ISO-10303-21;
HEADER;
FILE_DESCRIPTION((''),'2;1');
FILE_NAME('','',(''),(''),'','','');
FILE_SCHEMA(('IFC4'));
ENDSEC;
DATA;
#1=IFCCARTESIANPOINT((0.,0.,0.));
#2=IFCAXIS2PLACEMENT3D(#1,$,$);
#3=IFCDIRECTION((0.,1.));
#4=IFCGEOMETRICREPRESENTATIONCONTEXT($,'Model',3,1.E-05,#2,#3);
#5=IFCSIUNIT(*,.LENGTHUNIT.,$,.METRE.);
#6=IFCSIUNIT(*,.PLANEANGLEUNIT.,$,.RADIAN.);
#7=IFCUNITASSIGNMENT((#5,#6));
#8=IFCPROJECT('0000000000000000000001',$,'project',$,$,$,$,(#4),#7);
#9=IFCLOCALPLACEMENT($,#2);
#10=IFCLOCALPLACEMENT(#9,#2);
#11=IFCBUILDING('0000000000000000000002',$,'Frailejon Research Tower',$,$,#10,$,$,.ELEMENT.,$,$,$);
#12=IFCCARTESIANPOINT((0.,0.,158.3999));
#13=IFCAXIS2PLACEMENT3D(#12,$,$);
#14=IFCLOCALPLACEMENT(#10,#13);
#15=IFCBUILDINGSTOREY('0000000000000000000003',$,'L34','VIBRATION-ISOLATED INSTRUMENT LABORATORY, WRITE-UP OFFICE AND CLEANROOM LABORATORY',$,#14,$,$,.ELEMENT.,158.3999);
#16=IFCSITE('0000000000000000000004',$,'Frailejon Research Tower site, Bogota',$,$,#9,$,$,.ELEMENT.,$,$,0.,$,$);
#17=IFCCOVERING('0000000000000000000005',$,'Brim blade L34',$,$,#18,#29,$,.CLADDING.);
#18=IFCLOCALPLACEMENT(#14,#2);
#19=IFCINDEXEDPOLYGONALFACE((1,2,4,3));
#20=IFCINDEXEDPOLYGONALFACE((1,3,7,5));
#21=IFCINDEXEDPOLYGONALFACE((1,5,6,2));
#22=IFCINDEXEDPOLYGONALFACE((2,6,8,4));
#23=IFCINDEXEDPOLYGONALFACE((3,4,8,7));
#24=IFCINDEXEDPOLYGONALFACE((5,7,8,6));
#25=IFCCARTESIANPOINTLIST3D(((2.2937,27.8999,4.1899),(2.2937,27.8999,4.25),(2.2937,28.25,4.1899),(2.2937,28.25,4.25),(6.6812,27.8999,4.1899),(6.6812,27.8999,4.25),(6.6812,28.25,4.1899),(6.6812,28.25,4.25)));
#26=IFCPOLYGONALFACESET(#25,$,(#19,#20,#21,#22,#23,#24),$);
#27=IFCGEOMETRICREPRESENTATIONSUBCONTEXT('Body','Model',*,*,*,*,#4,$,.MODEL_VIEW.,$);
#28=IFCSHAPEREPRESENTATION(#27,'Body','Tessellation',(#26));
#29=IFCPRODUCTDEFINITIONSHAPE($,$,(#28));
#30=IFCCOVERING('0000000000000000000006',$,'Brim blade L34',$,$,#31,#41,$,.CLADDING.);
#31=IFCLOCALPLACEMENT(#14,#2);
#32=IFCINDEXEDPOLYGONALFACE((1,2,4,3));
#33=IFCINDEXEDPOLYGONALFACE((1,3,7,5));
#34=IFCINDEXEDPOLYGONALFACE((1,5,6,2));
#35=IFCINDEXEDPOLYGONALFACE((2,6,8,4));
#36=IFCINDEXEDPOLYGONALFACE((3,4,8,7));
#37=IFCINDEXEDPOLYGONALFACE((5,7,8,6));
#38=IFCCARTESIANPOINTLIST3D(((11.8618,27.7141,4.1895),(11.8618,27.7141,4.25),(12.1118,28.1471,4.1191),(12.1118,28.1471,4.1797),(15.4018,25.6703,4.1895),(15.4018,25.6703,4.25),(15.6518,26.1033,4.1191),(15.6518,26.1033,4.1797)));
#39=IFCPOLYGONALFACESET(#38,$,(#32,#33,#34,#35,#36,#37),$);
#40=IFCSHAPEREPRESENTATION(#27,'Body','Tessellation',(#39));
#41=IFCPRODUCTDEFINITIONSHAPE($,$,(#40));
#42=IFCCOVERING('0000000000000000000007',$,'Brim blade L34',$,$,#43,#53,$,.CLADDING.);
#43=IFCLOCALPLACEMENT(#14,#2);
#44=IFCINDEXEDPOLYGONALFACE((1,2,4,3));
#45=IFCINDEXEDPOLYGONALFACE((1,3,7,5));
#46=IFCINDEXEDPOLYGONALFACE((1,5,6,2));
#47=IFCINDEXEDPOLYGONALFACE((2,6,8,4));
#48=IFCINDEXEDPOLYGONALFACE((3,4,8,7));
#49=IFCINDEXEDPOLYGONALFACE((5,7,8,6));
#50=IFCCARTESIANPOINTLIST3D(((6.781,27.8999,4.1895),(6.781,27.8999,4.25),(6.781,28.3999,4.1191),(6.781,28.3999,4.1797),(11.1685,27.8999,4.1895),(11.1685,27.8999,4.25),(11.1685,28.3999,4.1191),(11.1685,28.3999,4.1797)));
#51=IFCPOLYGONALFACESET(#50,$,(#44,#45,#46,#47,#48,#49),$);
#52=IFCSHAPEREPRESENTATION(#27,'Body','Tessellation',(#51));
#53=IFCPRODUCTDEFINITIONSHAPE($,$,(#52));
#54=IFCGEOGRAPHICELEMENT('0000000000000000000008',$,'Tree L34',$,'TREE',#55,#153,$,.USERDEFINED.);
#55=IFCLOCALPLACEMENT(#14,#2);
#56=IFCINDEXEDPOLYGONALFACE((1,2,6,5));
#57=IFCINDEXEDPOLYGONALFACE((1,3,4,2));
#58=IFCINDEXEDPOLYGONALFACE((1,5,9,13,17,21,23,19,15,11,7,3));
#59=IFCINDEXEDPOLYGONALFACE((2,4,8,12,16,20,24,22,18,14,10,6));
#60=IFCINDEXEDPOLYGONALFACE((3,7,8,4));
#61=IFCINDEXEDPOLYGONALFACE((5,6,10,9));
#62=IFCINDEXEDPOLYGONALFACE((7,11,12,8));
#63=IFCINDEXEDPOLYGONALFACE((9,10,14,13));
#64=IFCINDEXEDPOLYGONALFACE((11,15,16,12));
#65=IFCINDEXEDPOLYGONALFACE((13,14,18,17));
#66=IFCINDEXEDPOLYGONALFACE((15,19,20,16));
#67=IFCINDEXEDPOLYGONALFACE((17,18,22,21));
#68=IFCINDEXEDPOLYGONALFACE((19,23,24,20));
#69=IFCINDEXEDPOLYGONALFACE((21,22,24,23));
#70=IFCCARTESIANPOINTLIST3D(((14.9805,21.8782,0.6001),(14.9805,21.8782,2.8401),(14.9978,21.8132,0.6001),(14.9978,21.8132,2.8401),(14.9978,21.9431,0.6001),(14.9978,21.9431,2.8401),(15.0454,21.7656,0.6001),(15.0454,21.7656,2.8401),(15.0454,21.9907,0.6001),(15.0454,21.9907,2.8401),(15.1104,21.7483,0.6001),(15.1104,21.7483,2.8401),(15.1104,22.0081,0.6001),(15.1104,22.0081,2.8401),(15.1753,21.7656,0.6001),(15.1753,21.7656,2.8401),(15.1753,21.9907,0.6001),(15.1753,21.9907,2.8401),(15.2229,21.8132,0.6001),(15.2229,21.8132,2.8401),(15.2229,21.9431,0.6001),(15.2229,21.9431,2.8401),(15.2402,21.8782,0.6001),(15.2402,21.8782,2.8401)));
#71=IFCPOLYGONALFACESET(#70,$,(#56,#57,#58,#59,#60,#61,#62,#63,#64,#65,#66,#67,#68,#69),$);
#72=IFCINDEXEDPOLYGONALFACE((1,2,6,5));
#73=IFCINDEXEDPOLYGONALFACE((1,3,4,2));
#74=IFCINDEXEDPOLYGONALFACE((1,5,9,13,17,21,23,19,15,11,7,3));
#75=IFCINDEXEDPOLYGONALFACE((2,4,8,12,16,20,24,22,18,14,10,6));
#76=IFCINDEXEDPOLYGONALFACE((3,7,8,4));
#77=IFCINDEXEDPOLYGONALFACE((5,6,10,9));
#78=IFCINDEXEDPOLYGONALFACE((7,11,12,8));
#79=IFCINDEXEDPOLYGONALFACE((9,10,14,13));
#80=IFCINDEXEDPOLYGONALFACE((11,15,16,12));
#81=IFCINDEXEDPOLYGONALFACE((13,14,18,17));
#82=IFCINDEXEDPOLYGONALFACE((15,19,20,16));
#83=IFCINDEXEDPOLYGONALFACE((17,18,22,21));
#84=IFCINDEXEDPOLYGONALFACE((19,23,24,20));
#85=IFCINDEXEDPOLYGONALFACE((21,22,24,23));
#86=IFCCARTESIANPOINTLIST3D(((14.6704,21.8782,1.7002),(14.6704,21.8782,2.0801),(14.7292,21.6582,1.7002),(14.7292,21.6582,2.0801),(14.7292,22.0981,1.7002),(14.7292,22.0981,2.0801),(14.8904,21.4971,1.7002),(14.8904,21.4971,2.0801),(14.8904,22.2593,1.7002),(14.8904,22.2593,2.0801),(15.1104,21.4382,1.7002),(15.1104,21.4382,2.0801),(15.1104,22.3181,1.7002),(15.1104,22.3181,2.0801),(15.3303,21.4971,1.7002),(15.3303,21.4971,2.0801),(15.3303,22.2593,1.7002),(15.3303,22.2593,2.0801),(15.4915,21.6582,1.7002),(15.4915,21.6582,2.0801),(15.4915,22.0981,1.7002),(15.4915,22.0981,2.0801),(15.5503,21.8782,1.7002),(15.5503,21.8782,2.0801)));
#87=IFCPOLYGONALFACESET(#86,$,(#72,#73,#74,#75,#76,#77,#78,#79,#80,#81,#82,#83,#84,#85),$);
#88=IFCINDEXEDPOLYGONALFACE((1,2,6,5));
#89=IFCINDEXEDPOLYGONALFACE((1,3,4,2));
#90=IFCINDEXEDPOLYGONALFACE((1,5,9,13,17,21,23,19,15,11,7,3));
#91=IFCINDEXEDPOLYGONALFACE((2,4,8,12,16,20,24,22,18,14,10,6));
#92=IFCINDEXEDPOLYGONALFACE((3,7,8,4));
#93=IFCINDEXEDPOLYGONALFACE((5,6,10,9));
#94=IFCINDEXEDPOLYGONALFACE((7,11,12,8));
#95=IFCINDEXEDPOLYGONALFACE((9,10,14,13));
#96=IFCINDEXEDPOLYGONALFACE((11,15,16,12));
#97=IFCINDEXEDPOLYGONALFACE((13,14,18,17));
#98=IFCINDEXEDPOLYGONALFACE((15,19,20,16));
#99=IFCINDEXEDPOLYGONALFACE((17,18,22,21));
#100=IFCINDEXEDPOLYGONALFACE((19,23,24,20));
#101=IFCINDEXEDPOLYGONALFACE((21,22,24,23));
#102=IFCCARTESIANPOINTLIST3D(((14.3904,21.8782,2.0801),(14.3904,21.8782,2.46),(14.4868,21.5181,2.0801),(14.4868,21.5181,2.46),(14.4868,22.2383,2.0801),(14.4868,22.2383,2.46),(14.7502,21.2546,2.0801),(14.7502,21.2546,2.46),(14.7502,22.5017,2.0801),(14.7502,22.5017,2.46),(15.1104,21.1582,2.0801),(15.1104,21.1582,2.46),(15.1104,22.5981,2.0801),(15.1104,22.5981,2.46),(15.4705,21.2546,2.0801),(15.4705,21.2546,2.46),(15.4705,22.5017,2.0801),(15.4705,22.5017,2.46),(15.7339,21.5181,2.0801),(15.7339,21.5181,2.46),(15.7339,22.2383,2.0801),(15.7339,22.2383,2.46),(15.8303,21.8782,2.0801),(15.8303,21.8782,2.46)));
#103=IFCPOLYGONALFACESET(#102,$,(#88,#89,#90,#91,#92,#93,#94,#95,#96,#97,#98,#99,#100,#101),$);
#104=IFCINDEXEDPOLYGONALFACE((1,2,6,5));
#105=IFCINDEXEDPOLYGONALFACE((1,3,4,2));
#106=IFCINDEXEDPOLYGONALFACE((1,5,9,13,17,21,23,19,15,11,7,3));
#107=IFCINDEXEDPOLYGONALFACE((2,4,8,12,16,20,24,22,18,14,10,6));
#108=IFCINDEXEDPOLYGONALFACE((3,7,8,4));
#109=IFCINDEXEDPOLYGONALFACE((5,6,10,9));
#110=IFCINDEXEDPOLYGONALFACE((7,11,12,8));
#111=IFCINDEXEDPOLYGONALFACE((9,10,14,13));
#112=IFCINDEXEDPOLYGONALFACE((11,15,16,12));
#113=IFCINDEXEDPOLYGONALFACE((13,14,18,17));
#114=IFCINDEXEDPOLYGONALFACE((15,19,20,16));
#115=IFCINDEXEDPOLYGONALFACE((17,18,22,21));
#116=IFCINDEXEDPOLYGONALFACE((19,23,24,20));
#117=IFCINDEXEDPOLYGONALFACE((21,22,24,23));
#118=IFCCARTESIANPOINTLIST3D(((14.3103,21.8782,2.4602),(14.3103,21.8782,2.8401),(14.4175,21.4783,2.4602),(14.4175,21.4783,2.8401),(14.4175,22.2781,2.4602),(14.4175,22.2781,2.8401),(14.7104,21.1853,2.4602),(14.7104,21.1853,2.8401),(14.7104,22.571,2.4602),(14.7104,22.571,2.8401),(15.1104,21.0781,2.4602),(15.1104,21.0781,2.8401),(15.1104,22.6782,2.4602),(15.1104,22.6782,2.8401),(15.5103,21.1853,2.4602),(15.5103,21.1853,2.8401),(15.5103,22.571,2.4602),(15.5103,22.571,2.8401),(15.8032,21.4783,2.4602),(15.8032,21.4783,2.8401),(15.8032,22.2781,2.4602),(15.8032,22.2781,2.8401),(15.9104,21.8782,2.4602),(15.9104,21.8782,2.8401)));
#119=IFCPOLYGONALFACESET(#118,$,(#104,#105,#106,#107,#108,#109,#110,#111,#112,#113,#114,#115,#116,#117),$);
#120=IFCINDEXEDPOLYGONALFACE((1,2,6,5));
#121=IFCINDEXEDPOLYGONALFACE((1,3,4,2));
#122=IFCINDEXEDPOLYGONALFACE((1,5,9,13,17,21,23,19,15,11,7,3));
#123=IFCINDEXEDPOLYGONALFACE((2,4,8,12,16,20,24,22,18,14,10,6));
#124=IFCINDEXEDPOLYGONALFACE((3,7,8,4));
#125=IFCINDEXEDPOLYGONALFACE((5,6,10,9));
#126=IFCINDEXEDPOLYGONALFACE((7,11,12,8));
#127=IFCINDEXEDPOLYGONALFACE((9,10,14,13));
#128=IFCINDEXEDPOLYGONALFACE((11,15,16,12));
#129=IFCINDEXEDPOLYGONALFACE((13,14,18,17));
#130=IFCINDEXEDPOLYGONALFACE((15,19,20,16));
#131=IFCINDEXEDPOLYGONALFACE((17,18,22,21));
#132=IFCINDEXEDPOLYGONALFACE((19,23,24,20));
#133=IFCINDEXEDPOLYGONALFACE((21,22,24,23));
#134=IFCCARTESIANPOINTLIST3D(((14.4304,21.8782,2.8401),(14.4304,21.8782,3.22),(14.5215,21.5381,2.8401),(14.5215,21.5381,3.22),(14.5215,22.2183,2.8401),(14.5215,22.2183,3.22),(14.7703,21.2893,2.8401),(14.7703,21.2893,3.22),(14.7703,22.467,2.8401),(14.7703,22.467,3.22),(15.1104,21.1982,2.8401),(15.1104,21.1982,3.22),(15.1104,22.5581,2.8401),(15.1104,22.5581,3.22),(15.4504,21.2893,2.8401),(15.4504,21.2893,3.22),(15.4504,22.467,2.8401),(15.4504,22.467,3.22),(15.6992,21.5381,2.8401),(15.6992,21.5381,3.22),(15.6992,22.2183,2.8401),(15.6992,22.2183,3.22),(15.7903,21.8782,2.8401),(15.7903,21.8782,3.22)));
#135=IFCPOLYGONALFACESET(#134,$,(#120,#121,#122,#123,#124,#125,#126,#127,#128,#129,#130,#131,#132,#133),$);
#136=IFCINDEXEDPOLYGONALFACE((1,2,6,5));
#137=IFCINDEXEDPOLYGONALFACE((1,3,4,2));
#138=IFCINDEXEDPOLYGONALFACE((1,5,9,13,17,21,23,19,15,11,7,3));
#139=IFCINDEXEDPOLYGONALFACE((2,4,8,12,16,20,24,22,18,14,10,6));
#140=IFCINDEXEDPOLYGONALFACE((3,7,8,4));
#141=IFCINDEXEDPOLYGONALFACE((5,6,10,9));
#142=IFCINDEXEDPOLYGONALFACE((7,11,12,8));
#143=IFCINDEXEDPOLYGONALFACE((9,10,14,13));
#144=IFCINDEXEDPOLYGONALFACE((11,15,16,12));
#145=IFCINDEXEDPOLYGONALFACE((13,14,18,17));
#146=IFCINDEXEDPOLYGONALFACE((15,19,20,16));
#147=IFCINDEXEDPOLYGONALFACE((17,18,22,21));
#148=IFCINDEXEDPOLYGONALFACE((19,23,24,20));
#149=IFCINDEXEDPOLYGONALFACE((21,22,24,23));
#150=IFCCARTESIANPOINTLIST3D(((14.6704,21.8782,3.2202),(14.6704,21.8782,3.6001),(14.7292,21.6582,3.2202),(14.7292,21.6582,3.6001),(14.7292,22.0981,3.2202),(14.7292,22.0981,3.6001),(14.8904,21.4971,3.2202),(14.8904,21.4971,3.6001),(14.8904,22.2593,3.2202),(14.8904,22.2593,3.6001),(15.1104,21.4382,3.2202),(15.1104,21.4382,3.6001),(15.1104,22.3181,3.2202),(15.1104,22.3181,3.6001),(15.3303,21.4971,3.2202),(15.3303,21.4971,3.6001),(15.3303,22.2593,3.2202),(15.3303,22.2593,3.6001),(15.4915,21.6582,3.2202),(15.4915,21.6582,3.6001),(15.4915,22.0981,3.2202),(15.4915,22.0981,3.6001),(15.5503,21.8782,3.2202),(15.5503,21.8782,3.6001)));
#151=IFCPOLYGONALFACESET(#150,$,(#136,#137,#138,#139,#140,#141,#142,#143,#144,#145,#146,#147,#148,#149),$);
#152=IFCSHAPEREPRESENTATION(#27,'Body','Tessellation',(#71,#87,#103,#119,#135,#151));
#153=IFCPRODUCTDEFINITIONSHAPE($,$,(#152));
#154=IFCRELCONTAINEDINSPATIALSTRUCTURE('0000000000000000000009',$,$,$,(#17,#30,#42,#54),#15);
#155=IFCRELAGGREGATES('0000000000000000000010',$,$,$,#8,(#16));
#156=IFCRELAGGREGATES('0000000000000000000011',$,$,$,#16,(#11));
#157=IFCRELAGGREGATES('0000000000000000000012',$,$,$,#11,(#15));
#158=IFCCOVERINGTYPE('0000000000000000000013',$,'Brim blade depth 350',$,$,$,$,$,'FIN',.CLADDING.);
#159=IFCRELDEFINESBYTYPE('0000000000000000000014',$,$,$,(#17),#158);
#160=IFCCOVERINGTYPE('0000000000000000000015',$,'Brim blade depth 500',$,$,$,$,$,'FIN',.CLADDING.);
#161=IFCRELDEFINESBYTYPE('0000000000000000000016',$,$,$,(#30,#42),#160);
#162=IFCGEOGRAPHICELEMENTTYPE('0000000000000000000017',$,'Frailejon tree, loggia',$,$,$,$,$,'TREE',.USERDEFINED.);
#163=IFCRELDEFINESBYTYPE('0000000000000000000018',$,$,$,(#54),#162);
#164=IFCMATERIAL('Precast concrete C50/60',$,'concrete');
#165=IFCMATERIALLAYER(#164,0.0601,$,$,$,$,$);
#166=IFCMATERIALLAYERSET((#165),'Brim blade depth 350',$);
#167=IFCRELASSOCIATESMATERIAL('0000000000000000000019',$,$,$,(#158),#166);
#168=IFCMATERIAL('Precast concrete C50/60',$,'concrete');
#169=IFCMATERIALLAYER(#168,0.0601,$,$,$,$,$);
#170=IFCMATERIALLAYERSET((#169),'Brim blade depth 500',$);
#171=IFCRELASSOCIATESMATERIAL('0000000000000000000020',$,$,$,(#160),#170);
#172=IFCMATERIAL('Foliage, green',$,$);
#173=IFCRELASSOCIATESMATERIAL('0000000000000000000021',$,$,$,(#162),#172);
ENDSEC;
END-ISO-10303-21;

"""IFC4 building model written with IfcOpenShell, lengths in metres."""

from ifc_helpers import new_model, si_unit, direction, frame, origin, place, context, subcontext, project, spatial, polyline, outline, extrude, material, layer, layer_set, type_object, element, save


model = new_model("IFC4")

# Units and contexts
model_context = context("Model", 3, precision=1e-05, world=origin(), true_north=direction((0.0, 1.0)))
body_context = subcontext(model_context, "Body", "Model", "MODEL_VIEW")
ifc_project = project(units=[si_unit("LENGTHUNIT", "METRE"), si_unit("PLANEANGLEUNIT", "RADIAN")], contexts=[model_context])

# Site, building, storey
site_placement = place(None, origin())
site = spatial("IfcSite", under=ifc_project, at=site_placement, Name="Frailejon Research Tower site, Bogota", CompositionType="ELEMENT", RefElevation=0.0)
building_placement = place(site_placement, origin())
building = spatial("IfcBuilding", under=site, at=building_placement, Name="Frailejon Research Tower", CompositionType="ELEMENT")
storey_placement = place(building_placement, frame((0.0, 0.0, 158.3999)))
storey = spatial("IfcBuildingStorey", under=building, at=storey_placement, Name="L34", Description="VIBRATION-ISOLATED INSTRUMENT LABORATORY, WRITE-UP OFFICE AND CLEANROOM LABORATORY", CompositionType="ELEMENT", Elevation=158.3999)

# Coverings
ifc_material_1 = material(Name="Precast concrete C50/60", Category="concrete")
ifc_layer_1 = layer(ifc_material_1, 0.0601)
ifc_layer_set_1 = layer_set([ifc_layer_1], Name="Brim blade depth 350")
covering_type_1 = type_object("IfcCoveringType", Name="Brim blade depth 350", ElementType="FIN", PredefinedType="CLADDING", material=ifc_layer_set_1)
covering_1_placement = place(storey_placement, frame((2.2937, 27.8999, 4.25), z_axis=(1.0, 0.0, 0.0), x_axis=(0.0, 1.0, 0.0)))
element("IfcCovering", 1, at=covering_1_placement, inside=storey, type_object=covering_type_1, Name="Brim blade L34", PredefinedType="CLADDING", context=body_context, shape_type="SweptSolid", body=[
    extrude(outline(polyline([(0.0, -0.0601), (0.3501, -0.0601), (0.3501, 0.0), (0.0, 0.0), (0.0, -0.0601)])), origin(), (0.0, 0.0, 1.0), 4.3875),
])
ifc_material_2 = material(Name="Precast concrete C50/60", Category="concrete")
ifc_layer_2 = layer(ifc_material_2, 0.0601)
ifc_layer_set_2 = layer_set([ifc_layer_2], Name="Brim blade depth 500")
covering_type_2 = type_object("IfcCoveringType", Name="Brim blade depth 500", ElementType="FIN", PredefinedType="CLADDING", material=ifc_layer_set_2)
covering_2_placement = place(storey_placement, frame((11.8618, 27.7141, 4.25), z_axis=(0.866027, -0.499997, 0.0), x_axis=(0.499997, 0.866027, 0.0)))
element("IfcCovering", 2, at=covering_2_placement, inside=storey, type_object=covering_type_2, Name="Brim blade L34", PredefinedType="CLADDING", context=body_context, shape_type="SweptSolid", body=[
    extrude(outline(polyline([(0.0, -0.0605), (0.5, -0.1309), (0.5, -0.0703), (0.0, 0.0), (0.0, -0.0605)])), origin(), (0.0, 0.0, 1.0), 4.0876),
])
covering_3_placement = place(storey_placement, frame((6.781, 27.8999, 4.25), z_axis=(1.0, 0.0, 0.0), x_axis=(0.0, 1.0, 0.0)))
element("IfcCovering", 3, at=covering_3_placement, inside=storey, type_object=covering_type_2, Name="Brim blade L34", PredefinedType="CLADDING", context=body_context, shape_type="SweptSolid", body=[
    extrude(outline(polyline([(0.0, -0.0605), (0.5, -0.1309), (0.5, -0.0703), (0.0, 0.0), (0.0, -0.0605)])), origin(), (0.0, 0.0, 1.0), 4.3875),
])

# Geographic element
ifc_material_3 = material(Name="Foliage, green")
geographic_element_type = type_object("IfcGeographicElementType", Name="Frailejon tree, loggia", ElementType="TREE", PredefinedType="USERDEFINED", material=ifc_material_3)
geographic_element_placement = place(storey_placement, frame((15.1104, 21.8782, 0.6001)))
element("IfcGeographicElement", 4, at=geographic_element_placement, inside=storey, type_object=geographic_element_type, Name="Tree L34", ObjectType="TREE", PredefinedType="USERDEFINED", context=body_context, shape_type="SweptSolid", body=[
    extrude(outline(polyline([(0.1299, 0.0), (0.1125, 0.0649), (0.0649, 0.1125), (0.0, 0.1299), (-0.0649, 0.1125), (-0.1125, 0.0649), (-0.1299, 0.0), (-0.1125, -0.0649), (-0.0649, -0.1125), (0.0, -0.1299), (0.0649, -0.1125), (0.1125, -0.0649), (0.1299, 0.0)])), origin(), (0.0, 0.0, 1.0), 2.24),
    extrude(outline(polyline([(0.4399, 0.0), (0.3811, 0.22), (0.22, 0.3811), (0.0, 0.4399), (-0.22, 0.3811), (-0.3811, 0.22), (-0.4399, 0.0), (-0.3811, -0.22), (-0.22, -0.3811), (0.0, -0.4399), (0.22, -0.3811), (0.3811, -0.22), (0.4399, 0.0)])), frame((0.0, 0.0, 1.1001)), (0.0, 0.0, 1.0), 0.3799),
    extrude(outline(polyline([(0.72, 0.0), (0.6235, 0.3601), (0.3601, 0.6235), (0.0, 0.72), (-0.3601, 0.6235), (-0.6235, 0.3601), (-0.72, 0.0), (-0.6235, -0.3601), (-0.3601, -0.6235), (0.0, -0.72), (0.3601, -0.6235), (0.6235, -0.3601), (0.72, 0.0)])), frame((0.0, 0.0, 1.48)), (0.0, 0.0, 1.0), 0.3799),
    extrude(outline(polyline([(0.8, 0.0), (0.6929, 0.3999), (0.3999, 0.6929), (0.0, 0.8), (-0.3999, 0.6929), (-0.6929, 0.3999), (-0.8, 0.0), (-0.6929, -0.3999), (-0.3999, -0.6929), (0.0, -0.8), (0.3999, -0.6929), (0.6929, -0.3999), (0.8, 0.0)])), frame((0.0, 0.0, 1.8601)), (0.0, 0.0, 1.0), 0.3799),
    extrude(outline(polyline([(0.6799, 0.0), (0.5889, 0.3401), (0.3401, 0.5889), (0.0, 0.6799), (-0.3401, 0.5889), (-0.5889, 0.3401), (-0.6799, 0.0), (-0.5889, -0.3401), (-0.3401, -0.5889), (0.0, -0.6799), (0.3401, -0.5889), (0.5889, -0.3401), (0.6799, 0.0)])), frame((0.0, 0.0, 2.24)), (0.0, 0.0, 1.0), 0.3799),
    extrude(outline(polyline([(0.4399, 0.0), (0.3811, 0.22), (0.22, 0.3811), (0.0, 0.4399), (-0.22, 0.3811), (-0.3811, 0.22), (-0.4399, 0.0), (-0.3811, -0.22), (-0.22, -0.3811), (0.0, -0.4399), (0.22, -0.3811), (0.3811, -0.22), (0.4399, 0.0)])), frame((0.0, 0.0, 2.6201)), (0.0, 0.0, 1.0), 0.3799),
])

save(model, "model.ifc")
